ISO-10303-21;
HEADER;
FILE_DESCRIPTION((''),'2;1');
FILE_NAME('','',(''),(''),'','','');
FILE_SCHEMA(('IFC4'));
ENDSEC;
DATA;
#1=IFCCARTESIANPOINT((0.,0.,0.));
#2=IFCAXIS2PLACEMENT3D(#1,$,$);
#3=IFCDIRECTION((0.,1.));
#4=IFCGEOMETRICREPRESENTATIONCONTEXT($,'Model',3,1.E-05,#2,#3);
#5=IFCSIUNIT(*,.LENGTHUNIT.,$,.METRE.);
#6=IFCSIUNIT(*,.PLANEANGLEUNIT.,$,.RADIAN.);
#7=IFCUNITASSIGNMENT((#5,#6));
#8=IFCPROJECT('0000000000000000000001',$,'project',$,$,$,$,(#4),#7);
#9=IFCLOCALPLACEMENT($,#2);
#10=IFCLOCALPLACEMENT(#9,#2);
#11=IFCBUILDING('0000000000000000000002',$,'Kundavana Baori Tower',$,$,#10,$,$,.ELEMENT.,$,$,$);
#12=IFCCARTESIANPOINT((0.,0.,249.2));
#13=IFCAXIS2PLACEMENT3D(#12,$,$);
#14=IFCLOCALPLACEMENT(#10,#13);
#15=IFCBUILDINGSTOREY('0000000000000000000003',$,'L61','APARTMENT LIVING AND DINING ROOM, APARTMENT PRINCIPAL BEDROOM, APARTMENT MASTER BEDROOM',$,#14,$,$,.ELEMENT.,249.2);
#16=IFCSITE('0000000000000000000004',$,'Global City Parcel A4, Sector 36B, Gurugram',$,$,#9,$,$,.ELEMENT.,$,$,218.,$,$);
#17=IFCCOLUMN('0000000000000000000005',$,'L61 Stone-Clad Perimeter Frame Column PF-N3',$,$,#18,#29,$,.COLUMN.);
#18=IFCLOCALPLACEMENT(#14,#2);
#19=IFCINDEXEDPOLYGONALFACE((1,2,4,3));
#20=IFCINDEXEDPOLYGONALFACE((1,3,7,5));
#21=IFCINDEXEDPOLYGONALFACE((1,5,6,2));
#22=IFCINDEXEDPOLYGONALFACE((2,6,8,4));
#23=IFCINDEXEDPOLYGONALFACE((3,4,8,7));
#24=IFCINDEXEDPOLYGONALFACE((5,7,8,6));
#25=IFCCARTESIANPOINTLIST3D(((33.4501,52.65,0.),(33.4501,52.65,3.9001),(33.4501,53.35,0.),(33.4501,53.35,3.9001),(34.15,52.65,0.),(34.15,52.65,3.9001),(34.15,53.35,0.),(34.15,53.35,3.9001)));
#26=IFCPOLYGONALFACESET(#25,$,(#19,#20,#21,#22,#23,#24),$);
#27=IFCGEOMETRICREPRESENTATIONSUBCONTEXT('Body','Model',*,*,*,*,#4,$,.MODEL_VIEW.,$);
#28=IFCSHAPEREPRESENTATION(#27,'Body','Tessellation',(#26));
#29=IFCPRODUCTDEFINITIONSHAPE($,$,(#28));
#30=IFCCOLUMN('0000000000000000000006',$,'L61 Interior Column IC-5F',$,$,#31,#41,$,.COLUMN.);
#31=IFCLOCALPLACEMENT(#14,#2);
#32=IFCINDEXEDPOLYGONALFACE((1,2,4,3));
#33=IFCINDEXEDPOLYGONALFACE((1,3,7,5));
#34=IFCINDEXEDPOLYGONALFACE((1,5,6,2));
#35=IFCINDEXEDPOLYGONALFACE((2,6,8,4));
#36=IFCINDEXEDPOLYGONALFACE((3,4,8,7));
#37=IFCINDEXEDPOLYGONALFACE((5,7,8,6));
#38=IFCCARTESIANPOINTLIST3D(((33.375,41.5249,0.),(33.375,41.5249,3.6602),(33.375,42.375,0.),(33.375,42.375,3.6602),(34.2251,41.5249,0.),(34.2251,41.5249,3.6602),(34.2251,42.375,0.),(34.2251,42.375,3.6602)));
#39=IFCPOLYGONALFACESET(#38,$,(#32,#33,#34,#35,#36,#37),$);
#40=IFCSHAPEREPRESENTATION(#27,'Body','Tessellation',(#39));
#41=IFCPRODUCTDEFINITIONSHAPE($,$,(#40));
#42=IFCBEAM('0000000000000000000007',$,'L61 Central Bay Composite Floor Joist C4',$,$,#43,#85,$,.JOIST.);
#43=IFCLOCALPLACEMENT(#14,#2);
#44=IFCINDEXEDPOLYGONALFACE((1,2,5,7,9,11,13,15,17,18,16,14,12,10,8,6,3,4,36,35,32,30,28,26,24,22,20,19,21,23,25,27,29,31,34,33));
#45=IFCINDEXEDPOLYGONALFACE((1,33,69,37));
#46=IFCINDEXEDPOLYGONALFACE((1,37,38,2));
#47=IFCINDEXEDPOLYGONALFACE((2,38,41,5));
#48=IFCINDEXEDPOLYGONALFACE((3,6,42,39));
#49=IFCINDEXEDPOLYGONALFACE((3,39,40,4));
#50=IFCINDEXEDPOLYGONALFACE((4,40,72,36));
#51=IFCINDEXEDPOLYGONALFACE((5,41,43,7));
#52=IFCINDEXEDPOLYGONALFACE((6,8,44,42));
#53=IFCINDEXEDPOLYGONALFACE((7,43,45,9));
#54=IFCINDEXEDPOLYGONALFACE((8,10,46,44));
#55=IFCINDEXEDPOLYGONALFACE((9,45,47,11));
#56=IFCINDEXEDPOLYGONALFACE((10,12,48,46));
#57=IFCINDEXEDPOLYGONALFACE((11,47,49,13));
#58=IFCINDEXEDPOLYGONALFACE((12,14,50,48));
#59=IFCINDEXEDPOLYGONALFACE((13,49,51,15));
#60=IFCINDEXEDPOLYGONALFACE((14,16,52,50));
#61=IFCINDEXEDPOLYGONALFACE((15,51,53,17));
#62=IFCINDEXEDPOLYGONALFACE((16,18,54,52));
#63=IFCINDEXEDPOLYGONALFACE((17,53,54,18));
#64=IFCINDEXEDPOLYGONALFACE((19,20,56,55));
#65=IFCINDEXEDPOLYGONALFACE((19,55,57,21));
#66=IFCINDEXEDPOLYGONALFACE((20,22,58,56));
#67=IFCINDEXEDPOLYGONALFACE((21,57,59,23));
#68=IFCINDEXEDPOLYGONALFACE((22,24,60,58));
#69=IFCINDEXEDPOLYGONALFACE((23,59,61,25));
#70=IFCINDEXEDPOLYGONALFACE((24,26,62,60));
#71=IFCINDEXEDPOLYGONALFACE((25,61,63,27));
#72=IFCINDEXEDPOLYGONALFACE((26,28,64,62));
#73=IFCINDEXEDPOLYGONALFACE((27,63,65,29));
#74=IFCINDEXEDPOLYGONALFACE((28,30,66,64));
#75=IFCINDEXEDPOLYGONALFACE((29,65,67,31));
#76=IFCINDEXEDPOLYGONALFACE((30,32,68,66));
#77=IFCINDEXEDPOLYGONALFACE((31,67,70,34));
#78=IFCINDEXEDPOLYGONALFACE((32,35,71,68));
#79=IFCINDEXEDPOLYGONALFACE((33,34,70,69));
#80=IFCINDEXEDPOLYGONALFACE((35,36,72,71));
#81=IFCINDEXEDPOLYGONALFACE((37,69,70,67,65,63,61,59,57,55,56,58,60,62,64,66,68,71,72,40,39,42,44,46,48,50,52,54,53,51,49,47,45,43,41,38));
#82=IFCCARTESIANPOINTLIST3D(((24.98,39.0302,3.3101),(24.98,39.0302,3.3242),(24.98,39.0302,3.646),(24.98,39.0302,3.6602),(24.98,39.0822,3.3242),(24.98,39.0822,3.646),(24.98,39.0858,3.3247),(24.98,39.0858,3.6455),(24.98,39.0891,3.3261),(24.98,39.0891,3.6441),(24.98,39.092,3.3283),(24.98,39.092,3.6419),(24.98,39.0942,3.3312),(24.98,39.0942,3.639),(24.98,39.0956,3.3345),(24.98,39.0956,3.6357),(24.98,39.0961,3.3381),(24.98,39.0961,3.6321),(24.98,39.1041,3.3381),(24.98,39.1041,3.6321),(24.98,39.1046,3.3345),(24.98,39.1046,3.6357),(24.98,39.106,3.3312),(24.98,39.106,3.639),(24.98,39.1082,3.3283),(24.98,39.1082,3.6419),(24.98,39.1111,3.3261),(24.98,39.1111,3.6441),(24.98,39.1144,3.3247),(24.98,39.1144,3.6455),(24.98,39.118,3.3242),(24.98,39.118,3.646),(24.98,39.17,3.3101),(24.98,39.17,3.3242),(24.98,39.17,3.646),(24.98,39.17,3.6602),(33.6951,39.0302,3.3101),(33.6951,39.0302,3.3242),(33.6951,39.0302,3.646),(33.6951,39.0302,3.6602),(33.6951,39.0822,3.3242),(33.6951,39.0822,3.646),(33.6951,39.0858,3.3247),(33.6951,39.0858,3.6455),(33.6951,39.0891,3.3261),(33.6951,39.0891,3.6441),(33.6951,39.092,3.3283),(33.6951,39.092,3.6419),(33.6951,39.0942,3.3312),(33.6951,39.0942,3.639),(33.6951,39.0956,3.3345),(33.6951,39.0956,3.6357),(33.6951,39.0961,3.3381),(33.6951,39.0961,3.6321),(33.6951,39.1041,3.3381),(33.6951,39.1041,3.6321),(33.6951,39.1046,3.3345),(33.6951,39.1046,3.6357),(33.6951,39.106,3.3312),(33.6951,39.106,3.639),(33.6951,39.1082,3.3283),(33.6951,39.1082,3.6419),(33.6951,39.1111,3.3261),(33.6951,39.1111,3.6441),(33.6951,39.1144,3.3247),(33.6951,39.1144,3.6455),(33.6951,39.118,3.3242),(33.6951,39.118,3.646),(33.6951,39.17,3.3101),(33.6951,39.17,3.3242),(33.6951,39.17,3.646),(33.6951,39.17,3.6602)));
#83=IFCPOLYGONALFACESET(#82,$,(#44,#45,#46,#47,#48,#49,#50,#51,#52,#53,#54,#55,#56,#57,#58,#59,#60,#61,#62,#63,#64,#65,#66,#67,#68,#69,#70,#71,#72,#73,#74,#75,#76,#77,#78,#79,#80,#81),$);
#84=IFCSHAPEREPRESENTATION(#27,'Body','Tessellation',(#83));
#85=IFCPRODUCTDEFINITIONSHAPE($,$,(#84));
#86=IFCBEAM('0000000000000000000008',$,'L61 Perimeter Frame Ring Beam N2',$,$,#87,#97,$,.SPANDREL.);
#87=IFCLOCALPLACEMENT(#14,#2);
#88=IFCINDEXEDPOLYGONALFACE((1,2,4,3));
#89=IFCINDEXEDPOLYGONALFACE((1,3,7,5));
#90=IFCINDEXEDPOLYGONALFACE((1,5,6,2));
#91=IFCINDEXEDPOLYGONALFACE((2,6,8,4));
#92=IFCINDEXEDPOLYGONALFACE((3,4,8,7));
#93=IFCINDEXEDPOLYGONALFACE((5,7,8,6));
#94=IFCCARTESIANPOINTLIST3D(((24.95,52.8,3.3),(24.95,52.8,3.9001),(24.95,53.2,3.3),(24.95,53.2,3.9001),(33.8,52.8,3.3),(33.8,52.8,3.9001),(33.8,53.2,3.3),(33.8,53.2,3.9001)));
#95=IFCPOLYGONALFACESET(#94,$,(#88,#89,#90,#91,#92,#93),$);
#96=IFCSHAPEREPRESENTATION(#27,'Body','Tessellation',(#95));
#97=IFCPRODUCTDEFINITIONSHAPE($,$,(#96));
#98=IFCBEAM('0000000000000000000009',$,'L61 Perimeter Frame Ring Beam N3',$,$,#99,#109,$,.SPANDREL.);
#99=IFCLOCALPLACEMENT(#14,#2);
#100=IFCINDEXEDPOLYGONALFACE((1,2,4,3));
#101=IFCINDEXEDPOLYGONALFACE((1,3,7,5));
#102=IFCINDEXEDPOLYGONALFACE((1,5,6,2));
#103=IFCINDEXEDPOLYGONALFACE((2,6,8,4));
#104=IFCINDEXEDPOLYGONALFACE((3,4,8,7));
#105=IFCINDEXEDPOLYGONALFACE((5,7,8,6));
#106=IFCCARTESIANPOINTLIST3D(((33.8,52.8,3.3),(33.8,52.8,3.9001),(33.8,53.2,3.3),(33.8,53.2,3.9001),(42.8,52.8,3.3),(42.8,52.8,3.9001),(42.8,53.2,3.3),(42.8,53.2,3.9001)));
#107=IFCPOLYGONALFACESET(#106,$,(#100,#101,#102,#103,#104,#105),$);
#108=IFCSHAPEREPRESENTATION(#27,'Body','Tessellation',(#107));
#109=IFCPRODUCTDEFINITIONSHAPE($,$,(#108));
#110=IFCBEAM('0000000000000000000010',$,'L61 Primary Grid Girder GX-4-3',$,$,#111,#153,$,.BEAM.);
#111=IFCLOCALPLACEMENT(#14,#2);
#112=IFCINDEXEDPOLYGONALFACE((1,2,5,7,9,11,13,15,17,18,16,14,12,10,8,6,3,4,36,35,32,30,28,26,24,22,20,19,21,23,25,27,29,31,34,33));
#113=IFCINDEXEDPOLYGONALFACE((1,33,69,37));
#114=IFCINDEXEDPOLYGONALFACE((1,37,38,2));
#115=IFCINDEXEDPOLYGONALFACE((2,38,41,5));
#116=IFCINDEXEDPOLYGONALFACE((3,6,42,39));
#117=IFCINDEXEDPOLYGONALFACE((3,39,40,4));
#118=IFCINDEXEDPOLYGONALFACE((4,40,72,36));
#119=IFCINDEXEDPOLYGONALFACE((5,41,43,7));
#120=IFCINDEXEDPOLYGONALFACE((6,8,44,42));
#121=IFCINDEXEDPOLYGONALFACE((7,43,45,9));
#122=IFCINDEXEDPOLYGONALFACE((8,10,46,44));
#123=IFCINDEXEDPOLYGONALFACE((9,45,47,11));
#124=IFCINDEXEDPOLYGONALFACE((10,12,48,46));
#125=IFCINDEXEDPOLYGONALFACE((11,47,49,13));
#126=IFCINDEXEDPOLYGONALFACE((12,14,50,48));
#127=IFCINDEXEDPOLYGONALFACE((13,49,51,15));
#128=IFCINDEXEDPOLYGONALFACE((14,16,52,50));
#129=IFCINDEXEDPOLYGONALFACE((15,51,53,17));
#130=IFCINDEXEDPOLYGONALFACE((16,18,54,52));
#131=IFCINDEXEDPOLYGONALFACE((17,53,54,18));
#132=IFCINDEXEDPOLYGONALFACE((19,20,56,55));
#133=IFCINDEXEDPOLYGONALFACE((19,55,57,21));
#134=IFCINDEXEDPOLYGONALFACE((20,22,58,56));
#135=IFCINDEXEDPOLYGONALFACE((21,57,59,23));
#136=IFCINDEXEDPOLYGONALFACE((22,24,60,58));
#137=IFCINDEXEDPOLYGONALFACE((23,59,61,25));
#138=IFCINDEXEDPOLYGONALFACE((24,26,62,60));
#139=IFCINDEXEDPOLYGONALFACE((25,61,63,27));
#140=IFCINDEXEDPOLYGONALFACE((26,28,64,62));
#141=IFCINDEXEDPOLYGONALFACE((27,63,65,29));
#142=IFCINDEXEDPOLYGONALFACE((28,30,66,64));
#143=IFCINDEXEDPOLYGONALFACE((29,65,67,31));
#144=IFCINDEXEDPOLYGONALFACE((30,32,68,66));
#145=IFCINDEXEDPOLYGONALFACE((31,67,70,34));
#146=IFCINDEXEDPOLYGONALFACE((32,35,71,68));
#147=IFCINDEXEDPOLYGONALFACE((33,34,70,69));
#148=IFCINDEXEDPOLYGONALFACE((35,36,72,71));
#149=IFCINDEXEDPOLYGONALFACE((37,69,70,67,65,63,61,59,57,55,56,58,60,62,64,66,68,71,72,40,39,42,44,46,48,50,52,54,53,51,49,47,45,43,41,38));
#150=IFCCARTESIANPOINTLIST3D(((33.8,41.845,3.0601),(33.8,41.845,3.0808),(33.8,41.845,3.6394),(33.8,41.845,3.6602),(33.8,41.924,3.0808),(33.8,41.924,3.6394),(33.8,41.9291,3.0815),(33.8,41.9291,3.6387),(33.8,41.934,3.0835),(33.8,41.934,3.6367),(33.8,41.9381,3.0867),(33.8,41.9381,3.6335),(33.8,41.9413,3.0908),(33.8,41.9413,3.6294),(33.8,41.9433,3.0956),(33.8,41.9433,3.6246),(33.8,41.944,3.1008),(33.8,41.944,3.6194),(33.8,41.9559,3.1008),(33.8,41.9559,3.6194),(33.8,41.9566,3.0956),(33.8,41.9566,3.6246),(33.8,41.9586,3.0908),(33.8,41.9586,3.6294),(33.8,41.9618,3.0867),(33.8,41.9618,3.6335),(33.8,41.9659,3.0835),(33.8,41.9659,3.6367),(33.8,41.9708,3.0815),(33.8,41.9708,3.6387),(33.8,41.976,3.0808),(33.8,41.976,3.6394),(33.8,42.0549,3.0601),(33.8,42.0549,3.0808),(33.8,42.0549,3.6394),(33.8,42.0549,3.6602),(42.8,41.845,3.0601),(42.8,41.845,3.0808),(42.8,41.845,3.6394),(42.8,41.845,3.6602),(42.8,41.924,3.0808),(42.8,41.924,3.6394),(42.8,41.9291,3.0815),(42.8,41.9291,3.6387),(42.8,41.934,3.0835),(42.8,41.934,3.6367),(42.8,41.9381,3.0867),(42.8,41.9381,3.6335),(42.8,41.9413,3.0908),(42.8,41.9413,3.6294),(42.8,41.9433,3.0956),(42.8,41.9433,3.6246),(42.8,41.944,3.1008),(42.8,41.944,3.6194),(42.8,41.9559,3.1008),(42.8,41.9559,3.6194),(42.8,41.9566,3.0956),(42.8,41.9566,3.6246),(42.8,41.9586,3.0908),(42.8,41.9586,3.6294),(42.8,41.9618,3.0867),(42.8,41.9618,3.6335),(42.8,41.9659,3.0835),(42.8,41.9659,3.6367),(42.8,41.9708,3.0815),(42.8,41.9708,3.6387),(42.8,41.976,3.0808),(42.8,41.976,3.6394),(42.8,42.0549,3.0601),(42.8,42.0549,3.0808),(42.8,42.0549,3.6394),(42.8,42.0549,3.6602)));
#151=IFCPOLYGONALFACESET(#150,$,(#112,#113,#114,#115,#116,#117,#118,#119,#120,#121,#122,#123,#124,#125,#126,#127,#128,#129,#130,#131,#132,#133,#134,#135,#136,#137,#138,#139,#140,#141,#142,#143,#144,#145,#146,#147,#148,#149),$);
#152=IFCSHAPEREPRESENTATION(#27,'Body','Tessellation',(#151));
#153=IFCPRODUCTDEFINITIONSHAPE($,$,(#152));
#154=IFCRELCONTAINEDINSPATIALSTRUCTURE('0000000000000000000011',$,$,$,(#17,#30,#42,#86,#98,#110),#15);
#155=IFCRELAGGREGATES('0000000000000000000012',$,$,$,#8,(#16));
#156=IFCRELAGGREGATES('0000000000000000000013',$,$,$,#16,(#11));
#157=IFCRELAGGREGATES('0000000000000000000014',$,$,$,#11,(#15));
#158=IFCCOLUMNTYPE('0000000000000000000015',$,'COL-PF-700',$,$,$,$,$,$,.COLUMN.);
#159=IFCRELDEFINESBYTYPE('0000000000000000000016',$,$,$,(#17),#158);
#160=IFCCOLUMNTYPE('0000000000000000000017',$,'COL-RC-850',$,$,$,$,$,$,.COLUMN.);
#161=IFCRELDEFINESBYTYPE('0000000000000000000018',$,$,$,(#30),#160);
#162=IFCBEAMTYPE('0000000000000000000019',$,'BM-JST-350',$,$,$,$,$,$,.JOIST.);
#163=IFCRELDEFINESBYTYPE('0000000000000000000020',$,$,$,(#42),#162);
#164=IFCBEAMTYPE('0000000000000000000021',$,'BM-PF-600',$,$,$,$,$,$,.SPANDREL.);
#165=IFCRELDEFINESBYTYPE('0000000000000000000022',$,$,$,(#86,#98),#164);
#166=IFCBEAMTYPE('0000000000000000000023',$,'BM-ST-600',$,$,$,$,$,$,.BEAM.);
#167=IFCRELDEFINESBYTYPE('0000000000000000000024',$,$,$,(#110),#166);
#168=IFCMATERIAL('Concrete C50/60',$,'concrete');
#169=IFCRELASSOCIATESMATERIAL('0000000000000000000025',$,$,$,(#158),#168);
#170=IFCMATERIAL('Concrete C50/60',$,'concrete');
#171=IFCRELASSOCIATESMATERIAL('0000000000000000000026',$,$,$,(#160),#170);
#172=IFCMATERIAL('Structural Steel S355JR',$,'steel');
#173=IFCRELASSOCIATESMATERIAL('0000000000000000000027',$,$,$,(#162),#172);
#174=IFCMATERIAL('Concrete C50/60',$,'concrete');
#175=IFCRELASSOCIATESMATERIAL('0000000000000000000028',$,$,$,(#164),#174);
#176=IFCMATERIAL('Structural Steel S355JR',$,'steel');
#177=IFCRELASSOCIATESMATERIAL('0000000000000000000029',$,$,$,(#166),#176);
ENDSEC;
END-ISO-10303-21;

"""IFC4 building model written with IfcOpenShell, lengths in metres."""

from ifc_helpers import new_model, si_unit, direction, frame, origin, origin_2d, place, context, subcontext, project, spatial, rectangle, i_section, extrude, material, material_profile, profile_set, type_object, element, save


model = new_model("IFC4")

# Units and contexts
model_context = context("Model", 3, precision=1e-05, world=origin(), true_north=direction((0.0, 1.0)))
body_context = subcontext(model_context, "Body", "Model", "MODEL_VIEW")
ifc_project = project(units=[si_unit("LENGTHUNIT", "METRE"), si_unit("PLANEANGLEUNIT", "RADIAN")], contexts=[model_context])

# Site, building, storey
site_placement = place(None, origin())
site = spatial("IfcSite", under=ifc_project, at=site_placement, Name="Global City Parcel A4, Sector 36B, Gurugram", CompositionType="ELEMENT", RefElevation=218.0)
building_placement = place(site_placement, origin())
building = spatial("IfcBuilding", under=site, at=building_placement, Name="Kundavana Baori Tower", CompositionType="ELEMENT")
storey_placement = place(building_placement, frame((0.0, 0.0, 249.2)))
storey = spatial("IfcBuildingStorey", under=building, at=storey_placement, Name="L61", Description="APARTMENT LIVING AND DINING ROOM, APARTMENT PRINCIPAL BEDROOM, APARTMENT MASTER BEDROOM", CompositionType="ELEMENT", Elevation=249.2)

# Columns
ifc_material_1 = material(Name="Concrete C50/60", Category="concrete")
ifc_material_profile_1 = material_profile(ifc_material_1, rectangle(XDim=0.7, YDim=0.7, at=origin_2d()), Name="RC PF 700x700")
ifc_profile_set_1 = profile_set([ifc_material_profile_1], Name="Concrete C50/60")
column_type_1 = type_object("IfcColumnType", Name="COL-PF-700", PredefinedType="COLUMN", material=ifc_profile_set_1)
column_1_placement = place(storey_placement, frame((33.8, 53.0, 0.0), z_axis=(0.0, 0.0, 1.0), x_axis=(1.0, 0.0, 0.0)))
element("IfcColumn", 1, at=column_1_placement, inside=storey, type_object=column_type_1, Name="L61 Stone-Clad Perimeter Frame Column PF-N3", PredefinedType="COLUMN", context=body_context, shape_type="SweptSolid", body=[
    extrude(rectangle(XDim=0.7, YDim=0.7, at=origin_2d()), origin(), (0.0, 0.0, 1.0), 3.9001),
])
ifc_material_2 = material(Name="Concrete C50/60", Category="concrete")
ifc_material_profile_2 = material_profile(ifc_material_2, rectangle(XDim=0.8501, YDim=0.8501, at=origin_2d()), Name="RC 850x850")
ifc_profile_set_2 = profile_set([ifc_material_profile_2], Name="Concrete C50/60")
column_type_2 = type_object("IfcColumnType", Name="COL-RC-850", PredefinedType="COLUMN", material=ifc_profile_set_2)
column_2_placement = place(storey_placement, frame((33.8, 41.95, 0.0), z_axis=(0.0, 0.0, 1.0), x_axis=(1.0, 0.0, 0.0)))
element("IfcColumn", 2, at=column_2_placement, inside=storey, type_object=column_type_2, Name="L61 Interior Column IC-5F", PredefinedType="COLUMN", context=body_context, shape_type="SweptSolid", body=[
    extrude(rectangle(XDim=0.8501, YDim=0.8501, at=origin_2d()), origin(), (0.0, 0.0, 1.0), 3.6602),
])

# Beams
ifc_material_3 = material(Name="Structural Steel S355JR", Category="steel")
ifc_material_profile_3 = material_profile(ifc_material_3, i_section(OverallWidth=0.1399, OverallDepth=0.3501, WebThickness=0.0081, FlangeThickness=0.0142, FilletRadius=0.0139, at=origin_2d()), Name="ISMB 350")
ifc_profile_set_3 = profile_set([ifc_material_profile_3], Name="Structural Steel S355JR")
beam_type_1 = type_object("IfcBeamType", Name="BM-JST-350", PredefinedType="JOIST", material=ifc_profile_set_3)
beam_1_placement = place(storey_placement, frame((24.98, 39.1001, 3.4851), z_axis=(1.0, 0.0, 0.0), x_axis=(0.0, 1.0, 0.0)))
element("IfcBeam", 3, at=beam_1_placement, inside=storey, type_object=beam_type_1, Name="L61 Central Bay Composite Floor Joist C4", PredefinedType="JOIST", context=body_context, shape_type="SweptSolid", body=[
    extrude(i_section(OverallWidth=0.1399, OverallDepth=0.3501, WebThickness=0.0081, FlangeThickness=0.0142, FilletRadius=0.0139, at=origin_2d()), origin(), (0.0, 0.0, 1.0), 8.7151),
])
ifc_material_4 = material(Name="Concrete C50/60", Category="concrete")
ifc_material_profile_4 = material_profile(ifc_material_4, rectangle(XDim=0.3999, YDim=0.6001, at=origin_2d()), Name="RC BM 400x600")
ifc_profile_set_4 = profile_set([ifc_material_profile_4], Name="Concrete C50/60")
beam_type_2 = type_object("IfcBeamType", Name="BM-PF-600", PredefinedType="SPANDREL", material=ifc_profile_set_4)
beam_2_placement = place(storey_placement, frame((24.95, 53.0, 3.6001), z_axis=(1.0, 0.0, 0.0), x_axis=(0.0, 1.0, 0.0)))
element("IfcBeam", 4, at=beam_2_placement, inside=storey, type_object=beam_type_2, Name="L61 Perimeter Frame Ring Beam N2", PredefinedType="SPANDREL", context=body_context, shape_type="SweptSolid", body=[
    extrude(rectangle(XDim=0.3999, YDim=0.6001, at=origin_2d()), origin(), (0.0, 0.0, 1.0), 8.8501),
])
beam_3_placement = place(storey_placement, frame((33.8, 53.0, 3.6001), z_axis=(1.0, 0.0, 0.0), x_axis=(0.0, 1.0, 0.0)))
element("IfcBeam", 5, at=beam_3_placement, inside=storey, type_object=beam_type_2, Name="L61 Perimeter Frame Ring Beam N3", PredefinedType="SPANDREL", context=body_context, shape_type="SweptSolid", body=[
    extrude(rectangle(XDim=0.3999, YDim=0.6001, at=origin_2d()), origin(), (0.0, 0.0, 1.0), 9.0),
])
ifc_material_5 = material(Name="Structural Steel S355JR", Category="steel")
ifc_material_profile_5 = material_profile(ifc_material_5, i_section(OverallWidth=0.21, OverallDepth=0.6001, WebThickness=0.012, FlangeThickness=0.0208, FilletRadius=0.02, at=origin_2d()), Name="ISMB 600")
ifc_profile_set_5 = profile_set([ifc_material_profile_5], Name="Structural Steel S355JR")
beam_type_3 = type_object("IfcBeamType", Name="BM-ST-600", PredefinedType="BEAM", material=ifc_profile_set_5)
beam_4_placement = place(storey_placement, frame((33.8, 41.95, 3.3601), z_axis=(1.0, 0.0, 0.0), x_axis=(0.0, 1.0, 0.0)))
element("IfcBeam", 6, at=beam_4_placement, inside=storey, type_object=beam_type_3, Name="L61 Primary Grid Girder GX-4-3", PredefinedType="BEAM", context=body_context, shape_type="SweptSolid", body=[
    extrude(i_section(OverallWidth=0.21, OverallDepth=0.6001, WebThickness=0.012, FlangeThickness=0.0208, FilletRadius=0.02, at=origin_2d()), origin(), (0.0, 0.0, 1.0), 9.0),
])

save(model, "model.ifc")
